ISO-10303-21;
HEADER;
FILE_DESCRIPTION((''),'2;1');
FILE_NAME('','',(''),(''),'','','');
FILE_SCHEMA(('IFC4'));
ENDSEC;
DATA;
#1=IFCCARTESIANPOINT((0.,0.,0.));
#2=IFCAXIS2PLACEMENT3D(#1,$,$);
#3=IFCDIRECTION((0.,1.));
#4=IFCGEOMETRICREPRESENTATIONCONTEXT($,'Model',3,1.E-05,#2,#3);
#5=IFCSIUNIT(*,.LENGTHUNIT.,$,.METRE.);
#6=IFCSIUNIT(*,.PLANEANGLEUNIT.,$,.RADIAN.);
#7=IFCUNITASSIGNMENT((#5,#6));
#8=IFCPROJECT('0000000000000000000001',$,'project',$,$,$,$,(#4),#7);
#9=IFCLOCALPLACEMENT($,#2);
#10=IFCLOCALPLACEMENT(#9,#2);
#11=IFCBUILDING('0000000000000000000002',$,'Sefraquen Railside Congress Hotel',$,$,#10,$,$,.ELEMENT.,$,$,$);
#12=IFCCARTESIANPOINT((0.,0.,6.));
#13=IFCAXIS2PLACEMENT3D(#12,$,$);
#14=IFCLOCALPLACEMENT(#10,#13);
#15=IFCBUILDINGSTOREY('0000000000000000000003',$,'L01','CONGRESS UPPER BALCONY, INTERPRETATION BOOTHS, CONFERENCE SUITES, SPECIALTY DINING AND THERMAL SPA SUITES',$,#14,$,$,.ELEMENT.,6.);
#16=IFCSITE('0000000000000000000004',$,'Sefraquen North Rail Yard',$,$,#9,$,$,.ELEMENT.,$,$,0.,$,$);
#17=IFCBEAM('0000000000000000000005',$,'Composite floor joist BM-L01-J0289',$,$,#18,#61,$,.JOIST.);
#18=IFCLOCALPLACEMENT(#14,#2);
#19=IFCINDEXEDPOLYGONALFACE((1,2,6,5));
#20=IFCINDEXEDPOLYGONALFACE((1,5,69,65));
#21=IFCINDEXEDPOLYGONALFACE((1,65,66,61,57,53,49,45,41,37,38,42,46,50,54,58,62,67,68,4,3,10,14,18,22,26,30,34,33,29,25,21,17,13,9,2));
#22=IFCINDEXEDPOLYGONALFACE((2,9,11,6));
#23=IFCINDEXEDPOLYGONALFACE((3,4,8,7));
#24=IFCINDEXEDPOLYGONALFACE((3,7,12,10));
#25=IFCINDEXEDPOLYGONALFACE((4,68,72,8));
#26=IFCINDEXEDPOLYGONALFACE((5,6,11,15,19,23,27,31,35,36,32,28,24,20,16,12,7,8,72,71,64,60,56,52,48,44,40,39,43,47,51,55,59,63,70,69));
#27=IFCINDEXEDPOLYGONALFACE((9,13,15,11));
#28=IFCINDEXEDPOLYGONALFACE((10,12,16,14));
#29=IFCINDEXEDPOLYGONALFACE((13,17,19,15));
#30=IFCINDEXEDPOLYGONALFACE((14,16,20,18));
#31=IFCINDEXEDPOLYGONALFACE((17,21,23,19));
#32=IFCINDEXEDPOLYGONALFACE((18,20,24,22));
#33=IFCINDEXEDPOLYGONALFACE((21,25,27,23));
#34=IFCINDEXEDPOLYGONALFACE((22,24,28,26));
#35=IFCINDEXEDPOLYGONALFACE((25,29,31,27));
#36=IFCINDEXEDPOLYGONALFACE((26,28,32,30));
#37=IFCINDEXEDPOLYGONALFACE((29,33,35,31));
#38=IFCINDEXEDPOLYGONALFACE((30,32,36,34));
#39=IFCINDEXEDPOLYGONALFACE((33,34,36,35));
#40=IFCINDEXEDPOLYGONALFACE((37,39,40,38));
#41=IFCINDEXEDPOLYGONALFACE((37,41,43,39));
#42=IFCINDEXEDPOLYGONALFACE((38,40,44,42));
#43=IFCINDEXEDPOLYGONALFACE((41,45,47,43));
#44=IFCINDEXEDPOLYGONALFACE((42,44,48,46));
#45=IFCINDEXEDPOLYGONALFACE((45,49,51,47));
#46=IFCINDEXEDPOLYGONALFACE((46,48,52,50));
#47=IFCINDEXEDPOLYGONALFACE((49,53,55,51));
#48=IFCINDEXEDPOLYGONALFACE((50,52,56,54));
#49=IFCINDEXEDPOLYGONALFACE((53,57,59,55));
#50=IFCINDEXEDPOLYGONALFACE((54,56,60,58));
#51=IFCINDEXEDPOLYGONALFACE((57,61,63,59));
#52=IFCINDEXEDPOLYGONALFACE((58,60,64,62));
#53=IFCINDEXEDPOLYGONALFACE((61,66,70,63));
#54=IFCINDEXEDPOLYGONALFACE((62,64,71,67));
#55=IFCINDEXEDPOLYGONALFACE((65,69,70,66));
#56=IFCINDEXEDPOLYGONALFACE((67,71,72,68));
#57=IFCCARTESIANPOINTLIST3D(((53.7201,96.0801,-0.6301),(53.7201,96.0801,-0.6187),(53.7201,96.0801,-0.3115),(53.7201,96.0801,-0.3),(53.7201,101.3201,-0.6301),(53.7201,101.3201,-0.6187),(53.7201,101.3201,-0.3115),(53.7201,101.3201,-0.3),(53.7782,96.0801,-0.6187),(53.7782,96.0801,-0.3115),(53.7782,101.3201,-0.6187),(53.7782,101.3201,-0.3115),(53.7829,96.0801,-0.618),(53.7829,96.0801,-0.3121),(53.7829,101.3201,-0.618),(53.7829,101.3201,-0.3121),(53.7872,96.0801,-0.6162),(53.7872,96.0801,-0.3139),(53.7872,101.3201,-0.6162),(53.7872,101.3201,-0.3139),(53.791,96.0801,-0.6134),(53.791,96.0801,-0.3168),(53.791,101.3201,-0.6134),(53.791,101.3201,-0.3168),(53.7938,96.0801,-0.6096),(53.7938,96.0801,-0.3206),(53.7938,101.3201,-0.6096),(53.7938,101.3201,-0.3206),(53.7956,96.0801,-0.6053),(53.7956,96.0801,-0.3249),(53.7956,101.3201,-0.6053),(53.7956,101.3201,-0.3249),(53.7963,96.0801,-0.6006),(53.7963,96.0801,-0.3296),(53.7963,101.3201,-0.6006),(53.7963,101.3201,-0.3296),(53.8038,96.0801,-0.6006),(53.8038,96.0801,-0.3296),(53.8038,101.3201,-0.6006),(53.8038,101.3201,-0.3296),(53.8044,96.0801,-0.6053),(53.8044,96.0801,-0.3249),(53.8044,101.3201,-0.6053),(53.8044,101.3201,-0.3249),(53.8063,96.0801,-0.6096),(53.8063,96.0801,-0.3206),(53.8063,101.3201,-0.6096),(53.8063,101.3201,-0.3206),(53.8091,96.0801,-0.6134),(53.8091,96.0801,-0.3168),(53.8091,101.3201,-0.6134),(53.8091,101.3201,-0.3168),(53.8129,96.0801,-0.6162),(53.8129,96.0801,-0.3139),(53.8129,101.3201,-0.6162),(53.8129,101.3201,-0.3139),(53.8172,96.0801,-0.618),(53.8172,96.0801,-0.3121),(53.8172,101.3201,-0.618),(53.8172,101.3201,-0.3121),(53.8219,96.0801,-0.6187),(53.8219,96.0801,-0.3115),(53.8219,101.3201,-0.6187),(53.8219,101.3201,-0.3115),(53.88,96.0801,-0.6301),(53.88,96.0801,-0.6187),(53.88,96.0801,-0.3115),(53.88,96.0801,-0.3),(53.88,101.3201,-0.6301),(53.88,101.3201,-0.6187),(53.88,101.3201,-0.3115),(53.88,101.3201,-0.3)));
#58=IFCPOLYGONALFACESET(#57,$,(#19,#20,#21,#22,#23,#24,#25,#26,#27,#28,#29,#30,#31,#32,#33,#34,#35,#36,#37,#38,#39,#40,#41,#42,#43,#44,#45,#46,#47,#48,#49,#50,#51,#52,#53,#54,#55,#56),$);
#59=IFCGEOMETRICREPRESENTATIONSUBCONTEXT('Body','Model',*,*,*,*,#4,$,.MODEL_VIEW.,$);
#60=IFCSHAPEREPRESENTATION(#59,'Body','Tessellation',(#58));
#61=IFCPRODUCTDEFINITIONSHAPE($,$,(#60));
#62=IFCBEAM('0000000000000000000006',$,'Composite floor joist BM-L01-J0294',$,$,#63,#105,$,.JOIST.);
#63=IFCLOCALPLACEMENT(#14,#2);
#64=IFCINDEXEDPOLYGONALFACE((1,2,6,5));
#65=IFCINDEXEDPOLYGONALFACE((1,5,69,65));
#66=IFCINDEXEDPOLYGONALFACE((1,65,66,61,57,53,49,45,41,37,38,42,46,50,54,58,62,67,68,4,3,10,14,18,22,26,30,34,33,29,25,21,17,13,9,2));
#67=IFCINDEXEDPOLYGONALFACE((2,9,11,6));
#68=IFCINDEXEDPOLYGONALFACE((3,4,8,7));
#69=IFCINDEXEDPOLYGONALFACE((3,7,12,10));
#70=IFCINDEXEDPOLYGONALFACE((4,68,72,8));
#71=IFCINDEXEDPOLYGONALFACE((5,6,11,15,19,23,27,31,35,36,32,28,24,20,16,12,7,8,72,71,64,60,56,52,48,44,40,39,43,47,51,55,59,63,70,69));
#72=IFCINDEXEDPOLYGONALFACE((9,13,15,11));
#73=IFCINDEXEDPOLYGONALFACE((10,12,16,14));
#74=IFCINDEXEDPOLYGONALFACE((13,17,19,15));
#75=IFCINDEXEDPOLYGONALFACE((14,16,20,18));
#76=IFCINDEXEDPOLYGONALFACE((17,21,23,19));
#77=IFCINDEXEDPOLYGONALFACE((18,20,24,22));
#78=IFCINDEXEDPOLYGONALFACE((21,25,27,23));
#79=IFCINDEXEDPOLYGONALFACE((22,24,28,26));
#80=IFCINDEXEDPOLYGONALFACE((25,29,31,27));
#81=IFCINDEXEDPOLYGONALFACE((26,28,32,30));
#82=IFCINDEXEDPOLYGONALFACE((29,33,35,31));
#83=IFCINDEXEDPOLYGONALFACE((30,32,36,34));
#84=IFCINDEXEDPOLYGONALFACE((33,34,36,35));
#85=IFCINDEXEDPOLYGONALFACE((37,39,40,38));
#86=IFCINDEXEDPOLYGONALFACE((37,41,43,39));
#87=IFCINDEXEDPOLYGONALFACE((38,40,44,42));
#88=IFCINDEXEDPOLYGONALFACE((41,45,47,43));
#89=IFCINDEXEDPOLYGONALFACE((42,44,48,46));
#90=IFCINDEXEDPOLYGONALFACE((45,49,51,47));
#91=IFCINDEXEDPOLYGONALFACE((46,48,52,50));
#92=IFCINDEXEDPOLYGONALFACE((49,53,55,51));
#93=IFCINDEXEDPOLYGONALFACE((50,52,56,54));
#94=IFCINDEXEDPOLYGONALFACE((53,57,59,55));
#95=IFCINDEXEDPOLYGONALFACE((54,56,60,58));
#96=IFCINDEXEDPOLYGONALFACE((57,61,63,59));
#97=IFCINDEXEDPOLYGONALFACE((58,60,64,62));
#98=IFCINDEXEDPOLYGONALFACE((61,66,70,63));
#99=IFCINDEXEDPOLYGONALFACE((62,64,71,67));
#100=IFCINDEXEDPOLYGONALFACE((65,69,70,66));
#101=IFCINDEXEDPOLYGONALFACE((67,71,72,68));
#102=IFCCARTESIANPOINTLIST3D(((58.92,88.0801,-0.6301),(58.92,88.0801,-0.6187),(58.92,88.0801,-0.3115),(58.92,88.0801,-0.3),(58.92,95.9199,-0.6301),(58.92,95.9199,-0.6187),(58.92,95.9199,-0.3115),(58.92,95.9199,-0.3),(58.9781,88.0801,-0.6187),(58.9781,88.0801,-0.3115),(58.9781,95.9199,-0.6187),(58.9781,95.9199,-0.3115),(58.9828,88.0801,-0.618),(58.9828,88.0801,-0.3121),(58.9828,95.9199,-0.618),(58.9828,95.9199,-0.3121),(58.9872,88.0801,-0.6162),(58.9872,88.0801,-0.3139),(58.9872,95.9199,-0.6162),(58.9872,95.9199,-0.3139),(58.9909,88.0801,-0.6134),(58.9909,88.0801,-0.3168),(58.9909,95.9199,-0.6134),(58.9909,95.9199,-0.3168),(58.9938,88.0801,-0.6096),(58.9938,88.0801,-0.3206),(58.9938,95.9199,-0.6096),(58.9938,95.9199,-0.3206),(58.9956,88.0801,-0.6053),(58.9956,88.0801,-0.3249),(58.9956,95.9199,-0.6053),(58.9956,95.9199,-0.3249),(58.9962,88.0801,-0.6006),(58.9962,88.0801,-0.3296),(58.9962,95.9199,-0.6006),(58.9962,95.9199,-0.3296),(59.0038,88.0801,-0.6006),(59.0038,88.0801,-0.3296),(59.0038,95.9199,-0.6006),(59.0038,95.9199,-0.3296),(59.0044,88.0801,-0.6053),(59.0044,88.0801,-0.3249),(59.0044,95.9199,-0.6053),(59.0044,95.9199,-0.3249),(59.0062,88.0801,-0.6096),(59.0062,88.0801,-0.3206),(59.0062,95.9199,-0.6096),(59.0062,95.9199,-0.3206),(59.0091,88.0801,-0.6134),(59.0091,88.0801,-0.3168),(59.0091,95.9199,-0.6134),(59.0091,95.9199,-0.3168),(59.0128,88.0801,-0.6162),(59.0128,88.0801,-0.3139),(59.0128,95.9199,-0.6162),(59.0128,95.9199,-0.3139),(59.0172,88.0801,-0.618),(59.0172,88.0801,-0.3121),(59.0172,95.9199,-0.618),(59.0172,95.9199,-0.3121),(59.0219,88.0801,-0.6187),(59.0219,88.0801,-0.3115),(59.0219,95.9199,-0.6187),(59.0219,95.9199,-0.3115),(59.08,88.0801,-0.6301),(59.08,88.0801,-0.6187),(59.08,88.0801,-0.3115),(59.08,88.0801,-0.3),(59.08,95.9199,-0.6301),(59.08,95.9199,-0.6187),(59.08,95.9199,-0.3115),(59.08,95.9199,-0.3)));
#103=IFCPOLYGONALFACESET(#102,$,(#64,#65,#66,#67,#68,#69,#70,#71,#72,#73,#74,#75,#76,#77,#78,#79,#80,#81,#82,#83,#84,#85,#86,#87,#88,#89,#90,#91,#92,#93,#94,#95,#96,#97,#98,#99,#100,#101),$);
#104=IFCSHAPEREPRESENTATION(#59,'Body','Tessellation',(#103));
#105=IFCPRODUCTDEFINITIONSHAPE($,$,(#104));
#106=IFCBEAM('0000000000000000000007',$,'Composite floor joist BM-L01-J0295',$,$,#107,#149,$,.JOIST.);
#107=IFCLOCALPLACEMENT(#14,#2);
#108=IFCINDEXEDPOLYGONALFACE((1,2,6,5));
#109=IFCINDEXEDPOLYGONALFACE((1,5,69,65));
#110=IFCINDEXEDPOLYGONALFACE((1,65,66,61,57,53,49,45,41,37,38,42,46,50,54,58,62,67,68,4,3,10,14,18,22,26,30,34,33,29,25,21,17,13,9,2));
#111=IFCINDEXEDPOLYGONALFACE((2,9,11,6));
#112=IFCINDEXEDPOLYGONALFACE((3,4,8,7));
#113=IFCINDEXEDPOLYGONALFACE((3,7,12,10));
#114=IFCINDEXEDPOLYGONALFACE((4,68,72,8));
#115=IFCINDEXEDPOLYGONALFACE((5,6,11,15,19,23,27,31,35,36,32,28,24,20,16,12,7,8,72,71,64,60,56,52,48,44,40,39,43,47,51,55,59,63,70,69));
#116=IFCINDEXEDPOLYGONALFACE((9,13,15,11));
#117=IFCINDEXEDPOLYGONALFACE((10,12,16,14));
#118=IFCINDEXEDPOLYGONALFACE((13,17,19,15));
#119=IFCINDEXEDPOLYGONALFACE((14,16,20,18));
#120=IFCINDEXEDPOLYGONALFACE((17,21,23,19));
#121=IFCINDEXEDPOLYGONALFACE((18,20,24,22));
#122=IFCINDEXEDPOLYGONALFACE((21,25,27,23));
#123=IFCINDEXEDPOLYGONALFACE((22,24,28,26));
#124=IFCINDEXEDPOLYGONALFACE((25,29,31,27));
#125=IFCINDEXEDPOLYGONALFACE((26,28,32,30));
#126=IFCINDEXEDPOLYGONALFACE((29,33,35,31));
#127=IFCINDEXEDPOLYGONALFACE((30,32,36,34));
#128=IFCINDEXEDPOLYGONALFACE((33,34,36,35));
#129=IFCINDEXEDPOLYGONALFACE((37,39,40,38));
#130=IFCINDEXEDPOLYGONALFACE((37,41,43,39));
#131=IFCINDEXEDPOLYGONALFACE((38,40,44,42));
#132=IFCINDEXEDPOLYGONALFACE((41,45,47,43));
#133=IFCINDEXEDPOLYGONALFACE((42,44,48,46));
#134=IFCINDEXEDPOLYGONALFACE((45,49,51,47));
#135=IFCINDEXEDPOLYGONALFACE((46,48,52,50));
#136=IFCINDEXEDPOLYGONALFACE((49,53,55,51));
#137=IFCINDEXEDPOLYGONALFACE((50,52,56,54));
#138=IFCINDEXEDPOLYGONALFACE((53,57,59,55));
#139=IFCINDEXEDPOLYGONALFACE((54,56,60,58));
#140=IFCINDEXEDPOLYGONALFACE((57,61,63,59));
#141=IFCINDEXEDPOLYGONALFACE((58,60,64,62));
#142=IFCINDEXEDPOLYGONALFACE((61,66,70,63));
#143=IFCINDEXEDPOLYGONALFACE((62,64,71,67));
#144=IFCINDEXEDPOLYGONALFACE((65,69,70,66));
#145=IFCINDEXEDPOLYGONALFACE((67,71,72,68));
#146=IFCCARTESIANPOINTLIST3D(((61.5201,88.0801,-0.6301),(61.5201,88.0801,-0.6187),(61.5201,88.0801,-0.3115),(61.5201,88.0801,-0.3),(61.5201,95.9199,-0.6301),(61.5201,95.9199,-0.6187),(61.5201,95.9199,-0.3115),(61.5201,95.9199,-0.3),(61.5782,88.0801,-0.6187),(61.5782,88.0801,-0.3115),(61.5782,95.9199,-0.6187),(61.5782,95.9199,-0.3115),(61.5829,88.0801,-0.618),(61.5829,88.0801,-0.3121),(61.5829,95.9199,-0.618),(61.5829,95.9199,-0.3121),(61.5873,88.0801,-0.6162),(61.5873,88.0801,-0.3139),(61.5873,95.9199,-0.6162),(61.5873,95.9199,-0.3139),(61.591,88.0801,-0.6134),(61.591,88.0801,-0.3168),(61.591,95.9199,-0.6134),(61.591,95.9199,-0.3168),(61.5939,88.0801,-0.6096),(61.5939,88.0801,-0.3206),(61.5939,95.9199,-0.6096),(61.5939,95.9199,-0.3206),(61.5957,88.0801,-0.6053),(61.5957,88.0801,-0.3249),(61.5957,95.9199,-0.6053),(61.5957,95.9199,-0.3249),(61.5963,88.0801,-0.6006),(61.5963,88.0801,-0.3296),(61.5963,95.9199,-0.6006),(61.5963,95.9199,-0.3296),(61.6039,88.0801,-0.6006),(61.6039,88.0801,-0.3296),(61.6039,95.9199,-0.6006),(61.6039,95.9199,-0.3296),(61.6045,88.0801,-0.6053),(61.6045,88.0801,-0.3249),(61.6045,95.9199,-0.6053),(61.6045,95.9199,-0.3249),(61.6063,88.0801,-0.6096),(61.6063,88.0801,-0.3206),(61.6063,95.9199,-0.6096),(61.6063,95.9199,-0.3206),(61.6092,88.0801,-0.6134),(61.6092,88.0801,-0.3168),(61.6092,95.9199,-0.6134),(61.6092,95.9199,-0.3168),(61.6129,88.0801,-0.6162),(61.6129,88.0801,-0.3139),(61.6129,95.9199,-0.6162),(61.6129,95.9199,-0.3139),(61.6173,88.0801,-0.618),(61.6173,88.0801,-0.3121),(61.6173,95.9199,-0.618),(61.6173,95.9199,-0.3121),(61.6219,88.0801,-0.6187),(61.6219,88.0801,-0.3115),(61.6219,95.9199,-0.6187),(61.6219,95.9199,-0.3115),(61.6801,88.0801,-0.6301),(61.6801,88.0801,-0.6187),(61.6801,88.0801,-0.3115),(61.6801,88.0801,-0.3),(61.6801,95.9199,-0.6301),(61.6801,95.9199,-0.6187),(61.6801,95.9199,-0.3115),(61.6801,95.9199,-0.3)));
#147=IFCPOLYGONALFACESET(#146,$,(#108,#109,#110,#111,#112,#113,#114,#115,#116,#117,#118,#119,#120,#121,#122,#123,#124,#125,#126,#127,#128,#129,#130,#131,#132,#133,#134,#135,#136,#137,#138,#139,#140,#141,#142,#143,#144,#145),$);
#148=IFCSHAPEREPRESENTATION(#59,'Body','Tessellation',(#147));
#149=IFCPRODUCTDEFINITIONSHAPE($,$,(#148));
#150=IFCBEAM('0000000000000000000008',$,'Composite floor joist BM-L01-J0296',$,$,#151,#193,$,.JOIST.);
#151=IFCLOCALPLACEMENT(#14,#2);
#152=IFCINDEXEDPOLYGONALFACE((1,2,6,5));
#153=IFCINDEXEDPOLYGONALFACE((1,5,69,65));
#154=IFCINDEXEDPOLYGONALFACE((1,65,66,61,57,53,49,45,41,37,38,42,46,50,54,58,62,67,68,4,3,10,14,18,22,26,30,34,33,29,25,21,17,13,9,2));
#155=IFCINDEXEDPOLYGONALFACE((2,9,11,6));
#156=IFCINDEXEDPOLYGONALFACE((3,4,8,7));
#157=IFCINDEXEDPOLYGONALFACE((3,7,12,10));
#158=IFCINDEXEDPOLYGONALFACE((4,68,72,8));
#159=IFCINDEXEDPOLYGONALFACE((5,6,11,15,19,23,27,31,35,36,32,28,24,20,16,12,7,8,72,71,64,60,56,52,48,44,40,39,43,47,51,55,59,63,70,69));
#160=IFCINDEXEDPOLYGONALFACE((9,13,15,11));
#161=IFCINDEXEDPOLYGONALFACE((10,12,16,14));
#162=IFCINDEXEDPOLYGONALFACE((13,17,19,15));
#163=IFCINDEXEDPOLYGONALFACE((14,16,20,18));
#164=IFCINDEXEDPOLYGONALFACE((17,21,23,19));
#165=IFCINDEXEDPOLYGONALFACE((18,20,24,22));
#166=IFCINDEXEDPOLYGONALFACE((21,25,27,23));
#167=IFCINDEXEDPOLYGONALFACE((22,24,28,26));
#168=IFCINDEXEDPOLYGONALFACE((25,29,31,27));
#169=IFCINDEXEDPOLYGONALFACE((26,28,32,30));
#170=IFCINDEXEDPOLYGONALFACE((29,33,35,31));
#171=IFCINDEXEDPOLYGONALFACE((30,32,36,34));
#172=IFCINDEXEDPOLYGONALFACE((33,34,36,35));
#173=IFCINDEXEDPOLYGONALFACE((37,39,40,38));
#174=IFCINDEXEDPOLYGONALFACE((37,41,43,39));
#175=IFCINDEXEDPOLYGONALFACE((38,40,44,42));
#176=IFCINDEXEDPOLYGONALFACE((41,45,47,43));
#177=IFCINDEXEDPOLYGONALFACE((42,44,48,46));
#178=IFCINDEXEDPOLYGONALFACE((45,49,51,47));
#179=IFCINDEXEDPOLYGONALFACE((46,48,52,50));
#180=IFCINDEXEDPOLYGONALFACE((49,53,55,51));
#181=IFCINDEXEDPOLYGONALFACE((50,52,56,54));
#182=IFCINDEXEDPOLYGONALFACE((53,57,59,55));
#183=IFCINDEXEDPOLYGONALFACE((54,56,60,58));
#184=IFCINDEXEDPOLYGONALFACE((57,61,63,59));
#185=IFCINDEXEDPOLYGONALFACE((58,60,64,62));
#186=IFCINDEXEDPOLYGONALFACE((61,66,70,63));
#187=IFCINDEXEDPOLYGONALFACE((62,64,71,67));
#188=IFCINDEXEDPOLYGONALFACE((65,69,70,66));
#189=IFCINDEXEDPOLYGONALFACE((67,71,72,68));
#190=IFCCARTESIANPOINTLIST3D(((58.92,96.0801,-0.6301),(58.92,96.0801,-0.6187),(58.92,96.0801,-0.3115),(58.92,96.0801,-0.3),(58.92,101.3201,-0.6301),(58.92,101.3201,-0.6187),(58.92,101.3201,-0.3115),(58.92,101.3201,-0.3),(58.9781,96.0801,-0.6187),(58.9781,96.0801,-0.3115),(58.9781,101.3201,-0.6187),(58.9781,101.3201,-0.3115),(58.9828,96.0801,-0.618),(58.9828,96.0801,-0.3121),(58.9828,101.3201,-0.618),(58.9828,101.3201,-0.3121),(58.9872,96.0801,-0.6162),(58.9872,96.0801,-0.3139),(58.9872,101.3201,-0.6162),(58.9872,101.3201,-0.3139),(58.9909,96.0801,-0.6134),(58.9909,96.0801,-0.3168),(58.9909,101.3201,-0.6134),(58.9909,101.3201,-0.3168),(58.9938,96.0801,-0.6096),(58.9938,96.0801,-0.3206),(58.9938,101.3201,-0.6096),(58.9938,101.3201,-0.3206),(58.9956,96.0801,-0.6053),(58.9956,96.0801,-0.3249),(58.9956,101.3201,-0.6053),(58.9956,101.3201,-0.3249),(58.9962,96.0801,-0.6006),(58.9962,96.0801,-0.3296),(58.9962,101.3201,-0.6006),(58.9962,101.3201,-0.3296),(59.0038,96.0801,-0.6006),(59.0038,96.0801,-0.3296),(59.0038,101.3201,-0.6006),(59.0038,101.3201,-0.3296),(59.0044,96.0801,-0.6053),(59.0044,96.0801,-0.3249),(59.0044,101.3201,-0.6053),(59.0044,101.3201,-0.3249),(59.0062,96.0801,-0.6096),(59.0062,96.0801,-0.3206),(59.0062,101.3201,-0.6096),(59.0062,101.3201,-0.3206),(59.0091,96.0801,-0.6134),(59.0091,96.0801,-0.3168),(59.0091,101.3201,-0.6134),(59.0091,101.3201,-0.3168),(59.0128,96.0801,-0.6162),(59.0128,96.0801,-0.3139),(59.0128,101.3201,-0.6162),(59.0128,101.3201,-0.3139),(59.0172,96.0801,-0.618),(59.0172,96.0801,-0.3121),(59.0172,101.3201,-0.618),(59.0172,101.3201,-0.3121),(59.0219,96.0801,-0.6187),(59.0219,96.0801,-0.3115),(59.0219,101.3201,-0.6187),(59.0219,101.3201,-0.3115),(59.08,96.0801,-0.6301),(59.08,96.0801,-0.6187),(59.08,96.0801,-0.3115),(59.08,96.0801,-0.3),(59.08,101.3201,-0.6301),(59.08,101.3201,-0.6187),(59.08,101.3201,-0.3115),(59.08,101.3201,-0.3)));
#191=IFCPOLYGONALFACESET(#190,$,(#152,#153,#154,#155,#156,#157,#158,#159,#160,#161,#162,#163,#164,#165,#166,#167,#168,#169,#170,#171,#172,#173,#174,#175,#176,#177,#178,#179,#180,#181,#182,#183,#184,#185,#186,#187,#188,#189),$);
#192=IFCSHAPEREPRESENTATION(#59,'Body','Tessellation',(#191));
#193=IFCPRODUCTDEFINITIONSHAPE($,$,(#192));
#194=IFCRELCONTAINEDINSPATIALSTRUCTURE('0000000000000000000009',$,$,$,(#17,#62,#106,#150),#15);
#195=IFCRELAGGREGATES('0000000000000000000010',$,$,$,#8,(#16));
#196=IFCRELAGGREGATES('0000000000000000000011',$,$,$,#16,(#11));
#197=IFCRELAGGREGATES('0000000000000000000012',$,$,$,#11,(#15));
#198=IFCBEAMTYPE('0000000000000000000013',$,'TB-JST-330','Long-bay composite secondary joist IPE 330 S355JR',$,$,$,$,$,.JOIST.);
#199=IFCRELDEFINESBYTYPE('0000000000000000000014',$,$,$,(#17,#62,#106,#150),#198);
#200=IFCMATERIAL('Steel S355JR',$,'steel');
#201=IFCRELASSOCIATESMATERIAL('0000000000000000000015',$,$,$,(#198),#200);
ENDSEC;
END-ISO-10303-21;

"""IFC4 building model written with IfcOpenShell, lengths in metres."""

from ifc_helpers import new_model, si_unit, direction, frame, origin, origin_2d, place, context, subcontext, project, spatial, i_section, extrude, material, material_profile, profile_set, type_object, element, save


model = new_model("IFC4")

# Units and contexts
model_context = context("Model", 3, precision=1e-05, world=origin(), true_north=direction((0.0, 1.0)))
body_context = subcontext(model_context, "Body", "Model", "MODEL_VIEW")
ifc_project = project(units=[si_unit("LENGTHUNIT", "METRE"), si_unit("PLANEANGLEUNIT", "RADIAN")], contexts=[model_context])

# Site, building, storey
site_placement = place(None, origin())
site = spatial("IfcSite", under=ifc_project, at=site_placement, Name="Sefraquen North Rail Yard", CompositionType="ELEMENT", RefElevation=0.0)
building_placement = place(site_placement, origin())
building = spatial("IfcBuilding", under=site, at=building_placement, Name="Sefraquen Railside Congress Hotel", CompositionType="ELEMENT")
storey_placement = place(building_placement, frame((0.0, 0.0, 6.0)))
storey = spatial("IfcBuildingStorey", under=building, at=storey_placement, Name="L01", Description="CONGRESS UPPER BALCONY, INTERPRETATION BOOTHS, CONFERENCE SUITES, SPECIALTY DINING AND THERMAL SPA SUITES", CompositionType="ELEMENT", Elevation=6.0)

# Shared definitions
ifc_material_1 = material(Name="Steel S355JR", Category="steel")

# Beams
ifc_material_profile_1 = material_profile(ifc_material_1, i_section(OverallWidth=0.1599, OverallDepth=0.3301, WebThickness=0.0076, FlangeThickness=0.0115, FilletRadius=0.0181, at=origin_2d()), Name="IPE 330")
ifc_profile_set_1 = profile_set([ifc_material_profile_1], Name="Steel S355JR")
beam_type_1 = type_object("IfcBeamType", Name="TB-JST-330", Description="Long-bay composite secondary joist IPE 330 S355JR", PredefinedType="JOIST", material=ifc_profile_set_1)
beam_1_placement = place(storey_placement, frame((53.8, 96.0801, -0.4651), z_axis=(0.0, 1.0, 0.0), x_axis=(-1.0, 0.0, 0.0)))
element("IfcBeam", 1, at=beam_1_placement, inside=storey, type_object=beam_type_1, Name="Composite floor joist BM-L01-J0289", PredefinedType="JOIST", context=body_context, shape_type="SweptSolid", body=[
    extrude(i_section(OverallWidth=0.1599, OverallDepth=0.3301, WebThickness=0.0076, FlangeThickness=0.0115, FilletRadius=0.0181, at=origin_2d()), origin(), (0.0, 0.0, 1.0), 5.24),
])
for number, where, z_axis, x_axis, name in (
    (2, (59.0, 88.0801, -0.4651), (0.0, 1.0, 0.0), (-1.0, 0.0, 0.0), "Composite floor joist BM-L01-J0294"),
    (3, (61.6001, 88.0801, -0.4651), (0.0, 1.0, 0.0), (-1.0, 0.0, 0.0), "Composite floor joist BM-L01-J0295"),
):
    element("IfcBeam", number, at=place(storey_placement, frame(where, z_axis=z_axis, x_axis=x_axis)), inside=storey, type_object=beam_type_1, Name=name, PredefinedType="JOIST", context=body_context, shape_type="SweptSolid", body=[
        extrude(i_section(OverallWidth=0.1599, OverallDepth=0.3301, WebThickness=0.0076, FlangeThickness=0.0115, FilletRadius=0.0181, at=origin_2d()), origin(), (0.0, 0.0, 1.0), 7.8398),
    ])
for number, where, z_axis, x_axis, name in (
    (4, (59.0, 96.0801, -0.4651), (0.0, 1.0, 0.0), (-1.0, 0.0, 0.0), "Composite floor joist BM-L01-J0296"),
):
    element("IfcBeam", number, at=place(storey_placement, frame(where, z_axis=z_axis, x_axis=x_axis)), inside=storey, type_object=beam_type_1, Name=name, PredefinedType="JOIST", context=body_context, shape_type="SweptSolid", body=[
        extrude(i_section(OverallWidth=0.1599, OverallDepth=0.3301, WebThickness=0.0076, FlangeThickness=0.0115, FilletRadius=0.0181, at=origin_2d()), origin(), (0.0, 0.0, 1.0), 5.24),
    ])

save(model, "model.ifc")
